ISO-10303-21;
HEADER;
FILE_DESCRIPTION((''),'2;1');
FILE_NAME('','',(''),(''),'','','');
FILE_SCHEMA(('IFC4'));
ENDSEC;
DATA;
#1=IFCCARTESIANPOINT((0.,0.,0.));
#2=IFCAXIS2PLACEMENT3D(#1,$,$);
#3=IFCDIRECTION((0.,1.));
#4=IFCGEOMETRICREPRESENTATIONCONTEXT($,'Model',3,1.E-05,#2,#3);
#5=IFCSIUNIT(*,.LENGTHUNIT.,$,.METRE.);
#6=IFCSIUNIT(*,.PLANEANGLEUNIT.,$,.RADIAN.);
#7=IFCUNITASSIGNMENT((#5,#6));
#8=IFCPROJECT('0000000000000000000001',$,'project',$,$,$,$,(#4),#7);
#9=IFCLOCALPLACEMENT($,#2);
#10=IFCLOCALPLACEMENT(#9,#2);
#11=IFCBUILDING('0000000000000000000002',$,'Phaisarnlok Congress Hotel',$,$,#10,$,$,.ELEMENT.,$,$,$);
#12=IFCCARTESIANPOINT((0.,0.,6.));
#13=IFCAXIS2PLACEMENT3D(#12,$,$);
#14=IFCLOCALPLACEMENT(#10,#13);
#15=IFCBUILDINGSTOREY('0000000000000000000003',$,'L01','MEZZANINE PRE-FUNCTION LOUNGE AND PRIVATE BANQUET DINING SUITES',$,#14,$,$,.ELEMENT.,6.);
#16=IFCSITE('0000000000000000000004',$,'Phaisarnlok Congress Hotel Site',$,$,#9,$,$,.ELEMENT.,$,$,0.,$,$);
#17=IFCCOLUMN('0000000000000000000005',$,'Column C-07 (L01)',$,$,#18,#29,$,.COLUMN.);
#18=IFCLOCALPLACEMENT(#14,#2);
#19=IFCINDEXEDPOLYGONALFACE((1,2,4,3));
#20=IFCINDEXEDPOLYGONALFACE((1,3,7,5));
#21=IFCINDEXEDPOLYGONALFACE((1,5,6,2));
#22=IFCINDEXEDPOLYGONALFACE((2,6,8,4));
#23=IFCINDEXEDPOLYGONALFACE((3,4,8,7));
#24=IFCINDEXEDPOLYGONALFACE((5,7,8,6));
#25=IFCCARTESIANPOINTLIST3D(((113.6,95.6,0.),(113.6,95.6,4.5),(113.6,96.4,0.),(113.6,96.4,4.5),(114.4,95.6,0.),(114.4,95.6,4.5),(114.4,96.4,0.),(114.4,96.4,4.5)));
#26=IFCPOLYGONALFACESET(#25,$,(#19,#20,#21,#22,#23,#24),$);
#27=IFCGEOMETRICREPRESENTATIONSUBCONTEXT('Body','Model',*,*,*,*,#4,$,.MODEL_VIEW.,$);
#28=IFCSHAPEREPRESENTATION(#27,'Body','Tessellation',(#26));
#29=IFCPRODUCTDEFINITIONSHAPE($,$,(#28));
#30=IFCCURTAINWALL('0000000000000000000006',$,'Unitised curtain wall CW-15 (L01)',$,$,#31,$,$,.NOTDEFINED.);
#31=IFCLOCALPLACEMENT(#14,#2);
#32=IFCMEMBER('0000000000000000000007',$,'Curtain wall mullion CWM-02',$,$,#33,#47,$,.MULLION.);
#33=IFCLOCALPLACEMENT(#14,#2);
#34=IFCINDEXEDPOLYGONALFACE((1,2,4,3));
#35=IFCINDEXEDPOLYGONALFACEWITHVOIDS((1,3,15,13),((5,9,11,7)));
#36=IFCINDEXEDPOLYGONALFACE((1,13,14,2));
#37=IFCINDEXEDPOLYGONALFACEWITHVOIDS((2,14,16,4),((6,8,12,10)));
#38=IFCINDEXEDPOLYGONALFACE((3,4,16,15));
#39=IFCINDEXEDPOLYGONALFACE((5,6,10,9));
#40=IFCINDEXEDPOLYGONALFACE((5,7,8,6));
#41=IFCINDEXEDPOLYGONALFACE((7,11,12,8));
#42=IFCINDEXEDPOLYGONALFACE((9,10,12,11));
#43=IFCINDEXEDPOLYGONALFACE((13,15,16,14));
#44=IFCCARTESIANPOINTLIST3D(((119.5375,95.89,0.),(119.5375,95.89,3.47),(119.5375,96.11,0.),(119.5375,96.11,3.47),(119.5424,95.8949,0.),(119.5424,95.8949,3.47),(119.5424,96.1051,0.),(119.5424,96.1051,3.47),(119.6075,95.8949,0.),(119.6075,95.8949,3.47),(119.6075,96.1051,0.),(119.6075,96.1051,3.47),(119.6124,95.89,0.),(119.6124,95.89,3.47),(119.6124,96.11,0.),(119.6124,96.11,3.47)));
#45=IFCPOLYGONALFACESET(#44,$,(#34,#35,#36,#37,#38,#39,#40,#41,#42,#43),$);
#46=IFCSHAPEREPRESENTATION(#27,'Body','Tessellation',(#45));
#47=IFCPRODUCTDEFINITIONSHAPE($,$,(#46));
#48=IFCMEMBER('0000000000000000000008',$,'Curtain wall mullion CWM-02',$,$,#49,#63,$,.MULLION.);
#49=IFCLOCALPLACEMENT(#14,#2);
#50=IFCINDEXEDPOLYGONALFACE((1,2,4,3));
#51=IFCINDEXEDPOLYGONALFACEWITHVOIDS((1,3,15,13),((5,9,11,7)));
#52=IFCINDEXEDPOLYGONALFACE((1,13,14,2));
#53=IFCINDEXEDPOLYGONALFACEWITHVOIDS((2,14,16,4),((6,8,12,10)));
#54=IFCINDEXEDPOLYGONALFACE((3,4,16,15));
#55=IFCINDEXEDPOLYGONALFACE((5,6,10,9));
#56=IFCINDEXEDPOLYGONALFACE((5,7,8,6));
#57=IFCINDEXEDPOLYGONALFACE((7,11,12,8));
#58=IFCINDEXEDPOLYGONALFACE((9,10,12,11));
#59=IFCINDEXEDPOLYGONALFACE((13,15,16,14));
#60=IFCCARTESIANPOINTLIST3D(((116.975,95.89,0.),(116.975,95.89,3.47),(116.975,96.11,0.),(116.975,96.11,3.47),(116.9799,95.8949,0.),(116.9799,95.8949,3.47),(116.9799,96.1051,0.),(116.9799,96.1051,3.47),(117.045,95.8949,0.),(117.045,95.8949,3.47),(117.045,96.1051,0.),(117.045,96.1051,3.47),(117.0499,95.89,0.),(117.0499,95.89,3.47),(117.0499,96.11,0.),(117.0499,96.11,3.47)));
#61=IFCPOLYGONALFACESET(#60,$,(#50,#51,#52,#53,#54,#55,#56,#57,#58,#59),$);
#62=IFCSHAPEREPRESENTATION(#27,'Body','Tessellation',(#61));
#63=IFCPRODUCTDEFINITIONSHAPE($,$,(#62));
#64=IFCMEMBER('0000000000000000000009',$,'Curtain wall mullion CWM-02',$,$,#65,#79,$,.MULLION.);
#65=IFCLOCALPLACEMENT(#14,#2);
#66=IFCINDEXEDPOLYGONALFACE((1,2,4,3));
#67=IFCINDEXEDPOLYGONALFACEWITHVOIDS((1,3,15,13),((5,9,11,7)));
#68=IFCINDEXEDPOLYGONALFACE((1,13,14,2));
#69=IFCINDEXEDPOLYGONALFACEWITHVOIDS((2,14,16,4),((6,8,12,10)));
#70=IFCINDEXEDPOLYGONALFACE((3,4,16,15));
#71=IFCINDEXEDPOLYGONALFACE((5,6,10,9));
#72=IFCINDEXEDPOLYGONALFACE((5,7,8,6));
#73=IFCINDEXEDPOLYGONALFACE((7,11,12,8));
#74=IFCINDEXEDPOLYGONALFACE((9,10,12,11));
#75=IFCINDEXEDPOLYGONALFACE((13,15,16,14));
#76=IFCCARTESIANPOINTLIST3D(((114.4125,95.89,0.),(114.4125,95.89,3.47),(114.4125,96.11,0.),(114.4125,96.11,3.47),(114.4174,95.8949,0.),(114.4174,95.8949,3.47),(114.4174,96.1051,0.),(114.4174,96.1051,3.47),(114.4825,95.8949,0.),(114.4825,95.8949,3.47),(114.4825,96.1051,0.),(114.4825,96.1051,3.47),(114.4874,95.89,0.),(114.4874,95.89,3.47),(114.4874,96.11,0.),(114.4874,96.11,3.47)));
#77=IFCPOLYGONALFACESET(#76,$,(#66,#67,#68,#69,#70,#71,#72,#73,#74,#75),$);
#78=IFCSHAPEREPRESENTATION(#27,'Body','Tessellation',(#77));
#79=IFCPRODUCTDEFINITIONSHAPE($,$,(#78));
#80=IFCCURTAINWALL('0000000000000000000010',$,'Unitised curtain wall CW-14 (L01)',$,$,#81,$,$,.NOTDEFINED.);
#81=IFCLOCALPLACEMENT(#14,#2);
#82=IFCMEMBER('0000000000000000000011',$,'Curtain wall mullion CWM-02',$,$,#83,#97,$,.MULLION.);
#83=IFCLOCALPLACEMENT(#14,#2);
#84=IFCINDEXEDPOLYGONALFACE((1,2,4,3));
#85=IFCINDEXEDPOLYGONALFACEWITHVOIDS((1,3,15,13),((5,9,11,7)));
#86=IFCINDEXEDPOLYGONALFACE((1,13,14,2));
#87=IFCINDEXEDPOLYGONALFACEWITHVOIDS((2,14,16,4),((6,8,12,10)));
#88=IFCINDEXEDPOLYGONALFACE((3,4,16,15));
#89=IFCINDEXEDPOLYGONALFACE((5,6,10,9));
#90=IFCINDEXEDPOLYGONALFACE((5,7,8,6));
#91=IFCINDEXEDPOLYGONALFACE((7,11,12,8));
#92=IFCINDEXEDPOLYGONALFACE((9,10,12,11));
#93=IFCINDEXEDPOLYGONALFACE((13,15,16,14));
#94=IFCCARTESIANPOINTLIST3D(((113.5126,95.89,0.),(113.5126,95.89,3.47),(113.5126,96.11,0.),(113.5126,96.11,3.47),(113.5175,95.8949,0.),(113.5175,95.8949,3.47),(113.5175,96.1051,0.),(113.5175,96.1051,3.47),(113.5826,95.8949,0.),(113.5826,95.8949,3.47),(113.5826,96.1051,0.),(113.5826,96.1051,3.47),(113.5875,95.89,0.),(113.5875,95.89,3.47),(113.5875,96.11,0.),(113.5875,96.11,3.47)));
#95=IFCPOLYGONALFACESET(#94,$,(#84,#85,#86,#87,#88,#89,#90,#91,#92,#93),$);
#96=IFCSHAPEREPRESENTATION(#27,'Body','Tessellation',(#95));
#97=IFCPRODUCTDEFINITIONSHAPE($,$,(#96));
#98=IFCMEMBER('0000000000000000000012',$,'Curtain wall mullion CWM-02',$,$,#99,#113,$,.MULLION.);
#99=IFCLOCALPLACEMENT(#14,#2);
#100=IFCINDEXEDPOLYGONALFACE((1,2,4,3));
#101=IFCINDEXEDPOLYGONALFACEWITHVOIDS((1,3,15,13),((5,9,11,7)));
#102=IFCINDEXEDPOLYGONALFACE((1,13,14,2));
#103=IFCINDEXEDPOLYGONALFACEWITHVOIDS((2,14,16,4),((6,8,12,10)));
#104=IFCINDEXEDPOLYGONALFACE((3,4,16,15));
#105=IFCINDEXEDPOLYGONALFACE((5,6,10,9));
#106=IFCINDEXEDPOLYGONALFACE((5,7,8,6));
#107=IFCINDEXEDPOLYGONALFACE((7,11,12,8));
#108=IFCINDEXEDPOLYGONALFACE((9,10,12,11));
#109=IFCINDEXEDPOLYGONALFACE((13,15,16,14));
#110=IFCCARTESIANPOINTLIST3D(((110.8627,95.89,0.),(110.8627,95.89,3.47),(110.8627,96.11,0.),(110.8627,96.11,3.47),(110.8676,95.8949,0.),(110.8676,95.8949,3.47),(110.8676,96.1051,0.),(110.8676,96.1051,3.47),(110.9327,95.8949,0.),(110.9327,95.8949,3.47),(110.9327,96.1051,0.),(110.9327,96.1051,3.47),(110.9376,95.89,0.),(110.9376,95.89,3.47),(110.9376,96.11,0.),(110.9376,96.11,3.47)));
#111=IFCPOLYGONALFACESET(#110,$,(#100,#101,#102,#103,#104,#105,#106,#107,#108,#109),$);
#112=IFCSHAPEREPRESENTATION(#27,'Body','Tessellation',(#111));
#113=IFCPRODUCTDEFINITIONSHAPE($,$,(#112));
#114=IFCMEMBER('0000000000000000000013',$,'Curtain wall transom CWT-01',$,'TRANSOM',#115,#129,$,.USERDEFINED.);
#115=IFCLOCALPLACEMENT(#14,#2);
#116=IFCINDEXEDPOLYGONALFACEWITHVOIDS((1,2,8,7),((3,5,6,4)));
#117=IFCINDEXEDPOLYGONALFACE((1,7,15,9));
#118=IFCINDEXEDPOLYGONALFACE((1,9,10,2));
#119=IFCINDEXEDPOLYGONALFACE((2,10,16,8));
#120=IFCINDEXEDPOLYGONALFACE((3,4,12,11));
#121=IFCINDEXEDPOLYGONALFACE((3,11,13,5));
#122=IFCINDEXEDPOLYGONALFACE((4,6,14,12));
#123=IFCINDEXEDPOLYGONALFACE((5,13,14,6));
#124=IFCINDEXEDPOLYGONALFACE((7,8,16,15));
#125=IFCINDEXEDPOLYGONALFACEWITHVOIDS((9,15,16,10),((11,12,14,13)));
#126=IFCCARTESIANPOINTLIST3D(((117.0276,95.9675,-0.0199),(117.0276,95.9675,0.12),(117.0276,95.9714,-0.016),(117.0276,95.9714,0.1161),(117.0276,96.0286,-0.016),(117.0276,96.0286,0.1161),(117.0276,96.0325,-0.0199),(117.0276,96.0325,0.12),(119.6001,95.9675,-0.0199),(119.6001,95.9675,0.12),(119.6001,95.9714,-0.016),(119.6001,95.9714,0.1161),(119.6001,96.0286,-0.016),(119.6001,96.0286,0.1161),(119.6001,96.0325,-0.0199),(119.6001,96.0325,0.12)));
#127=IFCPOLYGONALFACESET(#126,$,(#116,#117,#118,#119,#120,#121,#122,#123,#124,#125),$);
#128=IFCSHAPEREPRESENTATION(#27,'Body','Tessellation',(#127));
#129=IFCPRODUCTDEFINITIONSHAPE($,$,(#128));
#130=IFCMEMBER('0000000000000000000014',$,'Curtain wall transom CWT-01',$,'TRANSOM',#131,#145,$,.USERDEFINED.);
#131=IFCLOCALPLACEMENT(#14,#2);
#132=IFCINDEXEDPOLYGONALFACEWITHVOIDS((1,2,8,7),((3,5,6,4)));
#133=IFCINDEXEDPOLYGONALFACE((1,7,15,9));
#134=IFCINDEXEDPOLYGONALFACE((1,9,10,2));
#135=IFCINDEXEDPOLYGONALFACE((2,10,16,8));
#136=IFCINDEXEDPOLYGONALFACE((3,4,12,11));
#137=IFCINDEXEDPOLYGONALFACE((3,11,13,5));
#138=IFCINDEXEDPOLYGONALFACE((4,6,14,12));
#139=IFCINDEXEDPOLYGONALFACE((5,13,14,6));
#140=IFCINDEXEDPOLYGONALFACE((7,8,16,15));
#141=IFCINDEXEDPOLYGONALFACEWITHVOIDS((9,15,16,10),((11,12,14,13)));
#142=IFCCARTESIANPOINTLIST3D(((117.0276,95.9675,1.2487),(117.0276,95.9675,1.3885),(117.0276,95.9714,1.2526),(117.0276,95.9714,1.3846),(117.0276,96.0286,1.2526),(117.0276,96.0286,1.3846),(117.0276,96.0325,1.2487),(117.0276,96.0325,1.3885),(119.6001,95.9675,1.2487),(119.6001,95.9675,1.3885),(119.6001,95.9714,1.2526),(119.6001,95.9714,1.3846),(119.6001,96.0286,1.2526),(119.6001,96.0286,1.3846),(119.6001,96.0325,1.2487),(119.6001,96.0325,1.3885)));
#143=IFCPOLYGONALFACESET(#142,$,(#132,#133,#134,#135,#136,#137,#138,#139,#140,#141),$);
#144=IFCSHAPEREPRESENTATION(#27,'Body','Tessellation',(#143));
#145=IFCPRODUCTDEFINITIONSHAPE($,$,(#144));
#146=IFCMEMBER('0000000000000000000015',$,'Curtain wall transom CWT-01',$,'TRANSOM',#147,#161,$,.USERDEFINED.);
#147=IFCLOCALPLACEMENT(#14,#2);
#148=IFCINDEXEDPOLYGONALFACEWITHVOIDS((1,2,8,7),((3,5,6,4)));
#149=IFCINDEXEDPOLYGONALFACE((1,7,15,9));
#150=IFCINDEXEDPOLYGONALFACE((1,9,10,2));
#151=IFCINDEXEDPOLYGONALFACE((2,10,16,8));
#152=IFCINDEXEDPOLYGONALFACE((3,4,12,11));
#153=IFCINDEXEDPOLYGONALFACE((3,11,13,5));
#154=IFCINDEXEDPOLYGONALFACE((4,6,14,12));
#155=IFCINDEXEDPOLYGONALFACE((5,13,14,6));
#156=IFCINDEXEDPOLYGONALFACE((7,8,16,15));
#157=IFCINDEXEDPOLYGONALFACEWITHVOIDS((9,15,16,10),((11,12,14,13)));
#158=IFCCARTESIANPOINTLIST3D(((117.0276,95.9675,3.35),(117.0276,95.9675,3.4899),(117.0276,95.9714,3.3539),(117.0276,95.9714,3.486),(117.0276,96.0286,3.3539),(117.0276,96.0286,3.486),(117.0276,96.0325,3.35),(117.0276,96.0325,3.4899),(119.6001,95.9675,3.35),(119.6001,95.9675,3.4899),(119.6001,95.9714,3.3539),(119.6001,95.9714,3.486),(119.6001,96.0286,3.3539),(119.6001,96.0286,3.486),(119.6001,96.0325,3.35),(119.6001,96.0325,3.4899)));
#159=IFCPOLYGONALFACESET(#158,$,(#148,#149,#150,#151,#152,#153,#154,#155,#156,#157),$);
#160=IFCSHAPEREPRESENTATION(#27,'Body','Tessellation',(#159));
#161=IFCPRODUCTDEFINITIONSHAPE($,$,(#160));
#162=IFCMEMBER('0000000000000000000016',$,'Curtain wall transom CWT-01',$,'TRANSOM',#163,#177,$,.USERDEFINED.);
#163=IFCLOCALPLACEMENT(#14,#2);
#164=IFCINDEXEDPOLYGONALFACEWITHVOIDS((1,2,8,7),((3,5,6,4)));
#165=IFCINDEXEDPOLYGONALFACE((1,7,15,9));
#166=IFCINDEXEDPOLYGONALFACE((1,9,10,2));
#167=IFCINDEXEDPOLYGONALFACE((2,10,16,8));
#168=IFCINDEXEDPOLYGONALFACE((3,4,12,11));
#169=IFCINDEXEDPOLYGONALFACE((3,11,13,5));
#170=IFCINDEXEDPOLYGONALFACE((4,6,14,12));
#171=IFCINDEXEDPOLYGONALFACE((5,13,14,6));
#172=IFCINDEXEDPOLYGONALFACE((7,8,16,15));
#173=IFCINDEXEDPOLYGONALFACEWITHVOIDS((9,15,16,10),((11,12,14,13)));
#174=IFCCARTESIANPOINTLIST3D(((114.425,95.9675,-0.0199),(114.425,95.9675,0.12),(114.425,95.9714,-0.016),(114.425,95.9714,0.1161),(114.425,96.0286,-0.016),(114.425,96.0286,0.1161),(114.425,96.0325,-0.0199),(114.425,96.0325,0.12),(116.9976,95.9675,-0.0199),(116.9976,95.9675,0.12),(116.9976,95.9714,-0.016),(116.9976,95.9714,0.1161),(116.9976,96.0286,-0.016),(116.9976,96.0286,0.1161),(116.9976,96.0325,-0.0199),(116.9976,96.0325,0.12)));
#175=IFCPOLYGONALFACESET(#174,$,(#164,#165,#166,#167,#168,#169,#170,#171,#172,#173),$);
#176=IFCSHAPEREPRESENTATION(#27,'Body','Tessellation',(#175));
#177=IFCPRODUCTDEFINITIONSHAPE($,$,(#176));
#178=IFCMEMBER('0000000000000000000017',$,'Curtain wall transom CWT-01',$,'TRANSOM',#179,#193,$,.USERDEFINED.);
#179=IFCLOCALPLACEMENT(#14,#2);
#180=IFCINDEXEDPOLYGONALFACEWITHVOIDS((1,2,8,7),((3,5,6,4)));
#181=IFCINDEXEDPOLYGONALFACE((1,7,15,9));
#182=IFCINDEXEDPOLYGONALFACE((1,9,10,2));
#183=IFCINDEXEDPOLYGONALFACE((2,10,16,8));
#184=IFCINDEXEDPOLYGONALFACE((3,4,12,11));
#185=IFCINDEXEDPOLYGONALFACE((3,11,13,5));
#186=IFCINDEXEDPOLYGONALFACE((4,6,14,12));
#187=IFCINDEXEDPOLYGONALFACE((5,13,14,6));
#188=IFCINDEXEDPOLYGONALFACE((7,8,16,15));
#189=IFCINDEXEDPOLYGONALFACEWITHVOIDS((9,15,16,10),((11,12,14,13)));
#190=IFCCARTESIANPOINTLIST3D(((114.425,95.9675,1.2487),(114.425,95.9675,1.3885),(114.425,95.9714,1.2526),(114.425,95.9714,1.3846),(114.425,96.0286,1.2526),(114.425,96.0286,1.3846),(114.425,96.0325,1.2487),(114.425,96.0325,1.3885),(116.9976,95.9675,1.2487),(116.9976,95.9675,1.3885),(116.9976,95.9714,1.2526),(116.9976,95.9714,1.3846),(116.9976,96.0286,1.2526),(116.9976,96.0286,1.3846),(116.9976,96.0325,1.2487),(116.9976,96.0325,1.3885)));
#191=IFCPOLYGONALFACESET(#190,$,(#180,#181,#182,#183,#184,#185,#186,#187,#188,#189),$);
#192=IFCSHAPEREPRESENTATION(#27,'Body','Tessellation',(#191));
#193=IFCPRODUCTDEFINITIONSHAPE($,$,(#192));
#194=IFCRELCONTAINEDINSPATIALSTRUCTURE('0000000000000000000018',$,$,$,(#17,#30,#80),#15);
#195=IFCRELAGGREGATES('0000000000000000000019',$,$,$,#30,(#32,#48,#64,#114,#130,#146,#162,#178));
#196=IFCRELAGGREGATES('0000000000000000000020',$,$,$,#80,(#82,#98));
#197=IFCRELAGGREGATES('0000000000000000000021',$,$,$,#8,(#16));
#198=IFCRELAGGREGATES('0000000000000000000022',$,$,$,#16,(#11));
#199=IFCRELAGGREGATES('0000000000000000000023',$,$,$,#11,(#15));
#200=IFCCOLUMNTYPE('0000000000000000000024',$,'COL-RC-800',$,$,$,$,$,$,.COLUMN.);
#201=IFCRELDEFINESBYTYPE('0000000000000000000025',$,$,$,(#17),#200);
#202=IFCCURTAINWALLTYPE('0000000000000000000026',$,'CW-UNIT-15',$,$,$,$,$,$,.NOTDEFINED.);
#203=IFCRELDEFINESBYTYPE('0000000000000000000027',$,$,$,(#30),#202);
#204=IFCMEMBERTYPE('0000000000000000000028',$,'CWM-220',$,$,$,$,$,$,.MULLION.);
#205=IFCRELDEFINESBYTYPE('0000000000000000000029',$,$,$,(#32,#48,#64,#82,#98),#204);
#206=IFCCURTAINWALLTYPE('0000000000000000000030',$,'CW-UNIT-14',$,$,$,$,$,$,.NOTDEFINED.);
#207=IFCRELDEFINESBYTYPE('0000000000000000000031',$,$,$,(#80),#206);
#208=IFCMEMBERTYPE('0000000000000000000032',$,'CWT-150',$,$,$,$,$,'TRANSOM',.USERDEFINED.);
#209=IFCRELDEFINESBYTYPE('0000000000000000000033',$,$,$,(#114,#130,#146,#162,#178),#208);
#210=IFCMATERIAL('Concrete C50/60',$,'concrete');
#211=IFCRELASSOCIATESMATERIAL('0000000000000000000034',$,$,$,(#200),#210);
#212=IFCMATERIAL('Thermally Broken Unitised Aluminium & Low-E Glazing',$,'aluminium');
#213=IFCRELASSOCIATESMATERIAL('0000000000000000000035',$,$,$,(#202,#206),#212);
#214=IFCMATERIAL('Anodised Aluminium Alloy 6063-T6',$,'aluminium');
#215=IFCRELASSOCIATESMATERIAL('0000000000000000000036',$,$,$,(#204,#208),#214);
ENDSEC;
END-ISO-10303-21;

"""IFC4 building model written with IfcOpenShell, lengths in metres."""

from ifc_helpers import new_model, si_unit, direction, frame, origin, origin_2d, place, context, subcontext, project, spatial, rectangle, hollow_rectangle, extrude, material, material_profile, profile_set, type_object, element, aggregate, save


model = new_model("IFC4")

# Units and contexts
model_context = context("Model", 3, precision=1e-05, world=origin(), true_north=direction((0.0, 1.0)))
body_context = subcontext(model_context, "Body", "Model", "MODEL_VIEW")
ifc_project = project(units=[si_unit("LENGTHUNIT", "METRE"), si_unit("PLANEANGLEUNIT", "RADIAN")], contexts=[model_context])

# Site, building, storey
site_placement = place(None, origin())
site = spatial("IfcSite", under=ifc_project, at=site_placement, Name="Phaisarnlok Congress Hotel Site", CompositionType="ELEMENT", RefElevation=0.0)
building_placement = place(site_placement, origin())
building = spatial("IfcBuilding", under=site, at=building_placement, Name="Phaisarnlok Congress Hotel", CompositionType="ELEMENT")
storey_placement = place(building_placement, frame((0.0, 0.0, 6.0)))
storey = spatial("IfcBuildingStorey", under=building, at=storey_placement, Name="L01", Description="MEZZANINE PRE-FUNCTION LOUNGE AND PRIVATE BANQUET DINING SUITES", CompositionType="ELEMENT", Elevation=6.0)

# Column
ifc_material_1 = material(Name="Concrete C50/60", Category="concrete")
ifc_material_profile_1 = material_profile(ifc_material_1, rectangle(XDim=0.8, YDim=0.8, at=origin_2d()), Name="RC 800x800")
ifc_profile_set_1 = profile_set([ifc_material_profile_1], Name="Concrete C50/60")
column_type = type_object("IfcColumnType", Name="COL-RC-800", PredefinedType="COLUMN", material=ifc_profile_set_1)
column_placement = place(storey_placement, frame((114.0, 96.0, 0.0), z_axis=(0.0, 0.0, 1.0), x_axis=(1.0, 0.0, 0.0)))
element("IfcColumn", 1, at=column_placement, inside=storey, type_object=column_type, Name="Column C-07 (L01)", PredefinedType="COLUMN", context=body_context, shape_type="SweptSolid", body=[
    extrude(rectangle(XDim=0.8, YDim=0.8, at=origin_2d()), origin(), (0.0, 0.0, 1.0), 4.5),
])

# Curtain walls, members
ifc_material_2 = material(Name="Thermally Broken Unitised Aluminium & Low-E Glazing", Category="aluminium")
curtain_wall_type_1 = type_object("IfcCurtainWallType", Name="CW-UNIT-15", PredefinedType="NOTDEFINED", material=ifc_material_2)
curtain_wall_1_placement = place(storey_placement, origin())
curtain_wall_1 = element("IfcCurtainWall", 2, at=curtain_wall_1_placement, inside=storey, type_object=curtain_wall_type_1, Name="Unitised curtain wall CW-15 (L01)", PredefinedType="NOTDEFINED")
ifc_material_3 = material(Name="Anodised Aluminium Alloy 6063-T6", Category="aluminium")
ifc_material_profile_2 = material_profile(ifc_material_3, hollow_rectangle(XDim=0.075, YDim=0.22, WallThickness=0.0049, at=origin_2d()), Name="ALU-M 75x220x5")
ifc_profile_set_2 = profile_set([ifc_material_profile_2], Name="Anodised Aluminium Alloy 6063-T6")
member_type_1 = type_object("IfcMemberType", Name="CWM-220", PredefinedType="MULLION", material=ifc_profile_set_2)
member_1_placement = place(storey_placement, frame((119.575, 96.0, 0.0), z_axis=(0.0, 0.0, 1.0), x_axis=(-1.0, 0.0, 0.0)))
member_1 = element("IfcMember", 3, at=member_1_placement, type_object=member_type_1, Name="Curtain wall mullion CWM-02", PredefinedType="MULLION", context=body_context, shape_type="SweptSolid", body=[
    extrude(hollow_rectangle(XDim=0.075, YDim=0.22, WallThickness=0.0049, at=origin_2d()), origin(), (0.0, 0.0, 1.0), 3.47),
])
member_2_placement = place(storey_placement, frame((117.0125, 96.0, 0.0), z_axis=(0.0, 0.0, 1.0), x_axis=(-1.0, 0.0, 0.0)))
member_2 = element("IfcMember", 4, at=member_2_placement, type_object=member_type_1, Name="Curtain wall mullion CWM-02", PredefinedType="MULLION", context=body_context, shape_type="SweptSolid", body=[
    extrude(hollow_rectangle(XDim=0.075, YDim=0.22, WallThickness=0.0049, at=origin_2d()), origin(), (0.0, 0.0, 1.0), 3.47),
])
member_3_placement = place(storey_placement, frame((114.45, 96.0, 0.0), z_axis=(0.0, 0.0, 1.0), x_axis=(-1.0, 0.0, 0.0)))
member_3 = element("IfcMember", 5, at=member_3_placement, type_object=member_type_1, Name="Curtain wall mullion CWM-02", PredefinedType="MULLION", context=body_context, shape_type="SweptSolid", body=[
    extrude(hollow_rectangle(XDim=0.075, YDim=0.22, WallThickness=0.0049, at=origin_2d()), origin(), (0.0, 0.0, 1.0), 3.47),
])
curtain_wall_type_2 = type_object("IfcCurtainWallType", Name="CW-UNIT-14", PredefinedType="NOTDEFINED", material=ifc_material_2)
curtain_wall_2_placement = place(storey_placement, origin())
curtain_wall_2 = element("IfcCurtainWall", 6, at=curtain_wall_2_placement, inside=storey, type_object=curtain_wall_type_2, Name="Unitised curtain wall CW-14 (L01)", PredefinedType="NOTDEFINED")
member_4_placement = place(storey_placement, frame((113.55, 96.0, 0.0), z_axis=(0.0, 0.0, 1.0), x_axis=(-1.0, 0.0, 0.0)))
member_4 = element("IfcMember", 7, at=member_4_placement, type_object=member_type_1, Name="Curtain wall mullion CWM-02", PredefinedType="MULLION", context=body_context, shape_type="SweptSolid", body=[
    extrude(hollow_rectangle(XDim=0.075, YDim=0.22, WallThickness=0.0049, at=origin_2d()), origin(), (0.0, 0.0, 1.0), 3.47),
])
member_5_placement = place(storey_placement, frame((110.9001, 96.0, 0.0), z_axis=(0.0, 0.0, 1.0), x_axis=(-1.0, 0.0, 0.0)))
member_5 = element("IfcMember", 8, at=member_5_placement, type_object=member_type_1, Name="Curtain wall mullion CWM-02", PredefinedType="MULLION", context=body_context, shape_type="SweptSolid", body=[
    extrude(hollow_rectangle(XDim=0.075, YDim=0.22, WallThickness=0.0049, at=origin_2d()), origin(), (0.0, 0.0, 1.0), 3.47),
])

# Members
ifc_material_profile_3 = material_profile(ifc_material_3, hollow_rectangle(XDim=0.0649, YDim=0.1399, WallThickness=0.0039, at=origin_2d()), Name="ALU-T 65x140x4")
ifc_profile_set_3 = profile_set([ifc_material_profile_3], Name="Anodised Aluminium Alloy 6063-T6")
member_type_2 = type_object("IfcMemberType", Name="CWT-150", ElementType="TRANSOM", PredefinedType="USERDEFINED", material=ifc_profile_set_3)
member_6_placement = place(storey_placement, frame((119.6001, 96.0, 0.05), z_axis=(-1.0, 0.0, 0.0), x_axis=(0.0, -1.0, 0.0)))
member_6 = element("IfcMember", 9, at=member_6_placement, type_object=member_type_2, Name="Curtain wall transom CWT-01", ObjectType="TRANSOM", PredefinedType="USERDEFINED", context=body_context, shape_type="SweptSolid", body=[
    extrude(hollow_rectangle(XDim=0.0649, YDim=0.1399, WallThickness=0.0039, at=origin_2d()), origin(), (0.0, 0.0, 1.0), 2.5725),
])
member_7_placement = place(storey_placement, frame((119.6001, 96.0, 1.3186), z_axis=(-1.0, 0.0, 0.0), x_axis=(0.0, -1.0, 0.0)))
member_7 = element("IfcMember", 10, at=member_7_placement, type_object=member_type_2, Name="Curtain wall transom CWT-01", ObjectType="TRANSOM", PredefinedType="USERDEFINED", context=body_context, shape_type="SweptSolid", body=[
    extrude(hollow_rectangle(XDim=0.0649, YDim=0.1399, WallThickness=0.0039, at=origin_2d()), origin(), (0.0, 0.0, 1.0), 2.5725),
])
member_8_placement = place(storey_placement, frame((119.6001, 96.0, 3.4199), z_axis=(-1.0, 0.0, 0.0), x_axis=(0.0, -1.0, 0.0)))
member_8 = element("IfcMember", 11, at=member_8_placement, type_object=member_type_2, Name="Curtain wall transom CWT-01", ObjectType="TRANSOM", PredefinedType="USERDEFINED", context=body_context, shape_type="SweptSolid", body=[
    extrude(hollow_rectangle(XDim=0.0649, YDim=0.1399, WallThickness=0.0039, at=origin_2d()), origin(), (0.0, 0.0, 1.0), 2.5725),
])
member_9_placement = place(storey_placement, frame((116.9976, 96.0, 0.05), z_axis=(-1.0, 0.0, 0.0), x_axis=(0.0, -1.0, 0.0)))
member_9 = element("IfcMember", 12, at=member_9_placement, type_object=member_type_2, Name="Curtain wall transom CWT-01", ObjectType="TRANSOM", PredefinedType="USERDEFINED", context=body_context, shape_type="SweptSolid", body=[
    extrude(hollow_rectangle(XDim=0.0649, YDim=0.1399, WallThickness=0.0039, at=origin_2d()), origin(), (0.0, 0.0, 1.0), 2.5725),
])
member_10_placement = place(storey_placement, frame((116.9976, 96.0, 1.3186), z_axis=(-1.0, 0.0, 0.0), x_axis=(0.0, -1.0, 0.0)))
member_10 = element("IfcMember", 13, at=member_10_placement, type_object=member_type_2, Name="Curtain wall transom CWT-01", ObjectType="TRANSOM", PredefinedType="USERDEFINED", context=body_context, shape_type="SweptSolid", body=[
    extrude(hollow_rectangle(XDim=0.0649, YDim=0.1399, WallThickness=0.0039, at=origin_2d()), origin(), (0.0, 0.0, 1.0), 2.5725),
])

aggregate(curtain_wall_1, [member_1, member_2, member_3, member_6, member_7, member_8, member_9, member_10])
aggregate(curtain_wall_2, [member_4, member_5])

save(model, "model.ifc")
